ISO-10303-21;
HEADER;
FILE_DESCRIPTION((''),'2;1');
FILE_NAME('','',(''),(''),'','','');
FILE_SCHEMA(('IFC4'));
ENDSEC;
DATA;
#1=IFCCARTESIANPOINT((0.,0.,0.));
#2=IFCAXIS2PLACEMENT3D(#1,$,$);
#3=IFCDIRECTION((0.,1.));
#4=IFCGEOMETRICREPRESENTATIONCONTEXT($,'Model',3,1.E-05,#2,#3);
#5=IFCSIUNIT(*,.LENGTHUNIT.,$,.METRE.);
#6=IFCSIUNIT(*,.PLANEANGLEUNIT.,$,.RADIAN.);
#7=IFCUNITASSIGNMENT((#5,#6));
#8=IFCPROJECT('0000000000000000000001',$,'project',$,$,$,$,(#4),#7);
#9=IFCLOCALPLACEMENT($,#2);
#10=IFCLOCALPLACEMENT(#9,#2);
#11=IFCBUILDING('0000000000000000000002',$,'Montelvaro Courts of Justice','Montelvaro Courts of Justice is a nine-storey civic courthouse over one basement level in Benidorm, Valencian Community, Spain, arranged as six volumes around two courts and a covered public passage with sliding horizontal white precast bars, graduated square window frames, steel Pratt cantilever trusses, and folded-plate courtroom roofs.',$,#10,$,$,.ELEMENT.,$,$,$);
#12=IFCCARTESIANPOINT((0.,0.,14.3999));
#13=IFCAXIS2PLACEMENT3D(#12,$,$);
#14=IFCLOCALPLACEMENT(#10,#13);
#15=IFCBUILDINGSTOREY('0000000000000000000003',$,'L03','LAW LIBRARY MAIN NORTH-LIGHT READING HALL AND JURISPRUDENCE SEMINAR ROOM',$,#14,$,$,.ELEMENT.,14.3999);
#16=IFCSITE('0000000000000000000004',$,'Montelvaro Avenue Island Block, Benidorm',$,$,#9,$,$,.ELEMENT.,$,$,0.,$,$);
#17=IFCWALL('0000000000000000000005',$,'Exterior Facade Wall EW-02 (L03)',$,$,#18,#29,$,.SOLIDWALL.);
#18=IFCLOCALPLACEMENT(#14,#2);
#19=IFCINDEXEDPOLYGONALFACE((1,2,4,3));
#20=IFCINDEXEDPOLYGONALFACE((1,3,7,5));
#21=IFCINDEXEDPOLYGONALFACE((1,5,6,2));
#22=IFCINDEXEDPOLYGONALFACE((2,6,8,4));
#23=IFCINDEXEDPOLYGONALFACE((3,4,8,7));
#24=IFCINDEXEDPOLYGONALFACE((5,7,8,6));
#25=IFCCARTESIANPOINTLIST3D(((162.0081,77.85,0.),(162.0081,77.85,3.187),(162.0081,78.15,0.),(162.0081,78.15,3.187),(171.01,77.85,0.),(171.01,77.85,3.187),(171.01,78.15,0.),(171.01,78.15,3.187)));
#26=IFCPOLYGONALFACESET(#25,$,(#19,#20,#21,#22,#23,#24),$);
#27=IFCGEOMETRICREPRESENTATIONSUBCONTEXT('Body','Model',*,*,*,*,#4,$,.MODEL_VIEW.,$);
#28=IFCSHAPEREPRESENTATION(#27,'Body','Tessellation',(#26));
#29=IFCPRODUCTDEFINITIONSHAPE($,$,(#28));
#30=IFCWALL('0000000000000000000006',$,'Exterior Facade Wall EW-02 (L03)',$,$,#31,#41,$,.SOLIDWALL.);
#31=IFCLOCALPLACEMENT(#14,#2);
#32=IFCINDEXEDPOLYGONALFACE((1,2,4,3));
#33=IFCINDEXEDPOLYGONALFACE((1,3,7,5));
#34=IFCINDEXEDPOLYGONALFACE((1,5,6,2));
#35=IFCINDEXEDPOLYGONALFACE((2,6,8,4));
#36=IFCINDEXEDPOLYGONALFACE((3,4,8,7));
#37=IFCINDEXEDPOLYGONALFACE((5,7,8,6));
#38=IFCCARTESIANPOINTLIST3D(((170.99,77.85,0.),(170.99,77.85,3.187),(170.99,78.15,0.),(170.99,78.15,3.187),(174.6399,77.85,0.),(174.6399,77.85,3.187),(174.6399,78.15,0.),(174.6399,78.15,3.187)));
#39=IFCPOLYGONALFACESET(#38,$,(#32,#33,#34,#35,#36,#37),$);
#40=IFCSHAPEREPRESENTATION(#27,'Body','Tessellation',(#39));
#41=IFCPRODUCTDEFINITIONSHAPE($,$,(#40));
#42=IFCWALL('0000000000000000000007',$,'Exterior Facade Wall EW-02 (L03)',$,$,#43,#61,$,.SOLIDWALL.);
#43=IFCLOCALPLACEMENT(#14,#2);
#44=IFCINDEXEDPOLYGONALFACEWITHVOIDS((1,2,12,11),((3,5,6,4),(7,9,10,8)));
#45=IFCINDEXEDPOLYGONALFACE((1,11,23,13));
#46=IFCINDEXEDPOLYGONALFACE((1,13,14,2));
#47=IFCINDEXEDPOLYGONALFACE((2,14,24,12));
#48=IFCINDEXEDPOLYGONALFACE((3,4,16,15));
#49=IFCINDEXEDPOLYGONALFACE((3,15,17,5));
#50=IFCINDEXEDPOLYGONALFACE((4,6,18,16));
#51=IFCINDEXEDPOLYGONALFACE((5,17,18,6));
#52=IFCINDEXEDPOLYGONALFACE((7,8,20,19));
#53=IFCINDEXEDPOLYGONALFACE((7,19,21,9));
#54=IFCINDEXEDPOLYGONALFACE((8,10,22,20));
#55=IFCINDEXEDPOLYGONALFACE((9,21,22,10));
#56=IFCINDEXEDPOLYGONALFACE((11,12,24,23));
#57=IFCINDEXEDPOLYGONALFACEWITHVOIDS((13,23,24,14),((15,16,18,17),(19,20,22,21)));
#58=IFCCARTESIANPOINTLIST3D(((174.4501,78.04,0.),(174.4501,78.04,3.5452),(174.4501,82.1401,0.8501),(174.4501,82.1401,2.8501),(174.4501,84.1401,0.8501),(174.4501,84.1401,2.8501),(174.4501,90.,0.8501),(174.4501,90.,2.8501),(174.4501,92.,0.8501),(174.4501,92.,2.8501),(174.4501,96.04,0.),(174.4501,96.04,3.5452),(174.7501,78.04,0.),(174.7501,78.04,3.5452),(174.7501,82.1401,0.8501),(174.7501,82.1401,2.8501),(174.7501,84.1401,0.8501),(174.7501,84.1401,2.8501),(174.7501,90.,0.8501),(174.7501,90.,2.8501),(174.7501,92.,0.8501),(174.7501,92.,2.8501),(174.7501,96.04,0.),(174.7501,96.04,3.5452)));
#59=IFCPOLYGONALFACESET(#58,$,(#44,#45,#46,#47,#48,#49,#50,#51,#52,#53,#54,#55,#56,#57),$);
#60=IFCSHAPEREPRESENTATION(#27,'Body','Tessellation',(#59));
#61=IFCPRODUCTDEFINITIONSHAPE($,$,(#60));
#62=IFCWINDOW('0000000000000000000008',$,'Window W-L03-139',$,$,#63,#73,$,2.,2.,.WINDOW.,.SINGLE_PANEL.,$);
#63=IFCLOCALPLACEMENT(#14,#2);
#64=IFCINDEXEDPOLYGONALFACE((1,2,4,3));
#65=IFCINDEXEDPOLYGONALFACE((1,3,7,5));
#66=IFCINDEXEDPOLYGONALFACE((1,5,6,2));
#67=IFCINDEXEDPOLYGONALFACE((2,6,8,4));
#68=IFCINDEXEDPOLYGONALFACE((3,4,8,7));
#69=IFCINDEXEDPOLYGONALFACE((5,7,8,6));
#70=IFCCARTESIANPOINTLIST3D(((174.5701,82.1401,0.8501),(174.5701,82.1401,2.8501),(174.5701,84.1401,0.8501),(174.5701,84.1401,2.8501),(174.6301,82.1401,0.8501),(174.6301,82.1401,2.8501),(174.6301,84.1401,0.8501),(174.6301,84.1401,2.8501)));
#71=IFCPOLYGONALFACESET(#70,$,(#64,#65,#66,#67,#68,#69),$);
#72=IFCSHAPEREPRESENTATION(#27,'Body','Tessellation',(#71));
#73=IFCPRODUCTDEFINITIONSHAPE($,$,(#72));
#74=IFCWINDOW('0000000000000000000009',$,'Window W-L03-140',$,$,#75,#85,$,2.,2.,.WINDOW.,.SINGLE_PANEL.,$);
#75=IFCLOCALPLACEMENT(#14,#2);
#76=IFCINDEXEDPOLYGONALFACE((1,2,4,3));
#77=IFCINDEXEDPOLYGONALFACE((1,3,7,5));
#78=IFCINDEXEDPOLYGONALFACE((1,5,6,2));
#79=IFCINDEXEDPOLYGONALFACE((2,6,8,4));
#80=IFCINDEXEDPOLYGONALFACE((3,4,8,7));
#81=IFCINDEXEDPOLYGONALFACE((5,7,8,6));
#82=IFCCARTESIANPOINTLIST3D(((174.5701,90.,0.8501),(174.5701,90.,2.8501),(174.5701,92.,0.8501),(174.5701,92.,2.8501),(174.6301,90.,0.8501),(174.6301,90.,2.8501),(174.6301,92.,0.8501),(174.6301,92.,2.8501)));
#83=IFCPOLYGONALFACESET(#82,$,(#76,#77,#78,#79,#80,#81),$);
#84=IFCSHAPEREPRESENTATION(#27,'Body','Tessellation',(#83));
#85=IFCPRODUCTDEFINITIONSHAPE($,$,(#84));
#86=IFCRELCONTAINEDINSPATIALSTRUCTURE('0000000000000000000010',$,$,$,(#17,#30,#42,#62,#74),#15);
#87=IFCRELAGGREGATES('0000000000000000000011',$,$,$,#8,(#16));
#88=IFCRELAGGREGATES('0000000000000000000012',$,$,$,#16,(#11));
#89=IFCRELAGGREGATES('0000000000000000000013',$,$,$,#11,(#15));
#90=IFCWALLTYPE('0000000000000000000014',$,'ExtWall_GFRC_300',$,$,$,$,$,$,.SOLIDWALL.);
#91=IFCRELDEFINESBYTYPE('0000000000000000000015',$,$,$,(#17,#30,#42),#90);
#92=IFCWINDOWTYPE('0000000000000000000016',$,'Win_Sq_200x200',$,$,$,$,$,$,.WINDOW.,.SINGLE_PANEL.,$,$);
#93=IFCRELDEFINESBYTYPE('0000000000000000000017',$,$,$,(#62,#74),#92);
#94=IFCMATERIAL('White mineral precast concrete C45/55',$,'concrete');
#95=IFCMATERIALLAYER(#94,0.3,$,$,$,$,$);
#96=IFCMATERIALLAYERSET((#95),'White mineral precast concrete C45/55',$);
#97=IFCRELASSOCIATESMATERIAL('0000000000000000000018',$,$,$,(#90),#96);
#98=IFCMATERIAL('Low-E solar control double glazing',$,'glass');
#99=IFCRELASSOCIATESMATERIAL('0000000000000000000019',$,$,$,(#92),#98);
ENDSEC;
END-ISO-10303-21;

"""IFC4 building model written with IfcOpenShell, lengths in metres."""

from ifc_helpers import new_model, si_unit, direction, frame, frame_2d, origin, place, context, subcontext, project, spatial, rectangle, extrude, material, layer, layer_set, type_object, element, fill, save


model = new_model("IFC4")

# Units and contexts
model_context = context("Model", 3, precision=1e-05, world=origin(), true_north=direction((0.0, 1.0)))
body_context = subcontext(model_context, "Body", "Model", "MODEL_VIEW")
ifc_project = project(units=[si_unit("LENGTHUNIT", "METRE"), si_unit("PLANEANGLEUNIT", "RADIAN")], contexts=[model_context])

# Site, building, storey
site_placement = place(None, origin())
site = spatial("IfcSite", under=ifc_project, at=site_placement, Name="Montelvaro Avenue Island Block, Benidorm", CompositionType="ELEMENT", RefElevation=0.0)
building_placement = place(site_placement, origin())
building = spatial("IfcBuilding", under=site, at=building_placement, Name="Montelvaro Courts of Justice", Description="Montelvaro Courts of Justice is a nine-storey civic courthouse over one basement level in Benidorm, Valencian Community, Spain, arranged as six volumes around two courts and a covered public passage with sliding horizontal white precast bars, graduated square window frames, steel Pratt cantilever trusses, and folded-plate courtroom roofs.", CompositionType="ELEMENT")
storey_placement = place(building_placement, frame((0.0, 0.0, 14.3999)))
storey = spatial("IfcBuildingStorey", under=building, at=storey_placement, Name="L03", Description="LAW LIBRARY MAIN NORTH-LIGHT READING HALL AND JURISPRUDENCE SEMINAR ROOM", CompositionType="ELEMENT", Elevation=14.3999)

# Shared definitions
ifc_material_1 = material(Name="Low-E solar control double glazing", Category="glass")

# Walls
ifc_material_2 = material(Name="White mineral precast concrete C45/55", Category="concrete")
ifc_layer_1 = layer(ifc_material_2, 0.3)
ifc_layer_set_1 = layer_set([ifc_layer_1], Name="White mineral precast concrete C45/55")
wall_type = type_object("IfcWallType", Name="ExtWall_GFRC_300", PredefinedType="SOLIDWALL", material=ifc_layer_set_1)
wall_1_placement = place(storey_placement, frame((162.0081, 78.0, 0.0), z_axis=(0.0, 0.0, 1.0), x_axis=(1.0, 0.0, 0.0)))
element("IfcWall", 1, at=wall_1_placement, inside=storey, type_object=wall_type, Name="Exterior Facade Wall EW-02 (L03)", PredefinedType="SOLIDWALL", context=body_context, shape_type="SweptSolid", body=[
    extrude(rectangle(XDim=9.002, YDim=0.3, at=frame_2d((4.501, 0.0))), origin(), (0.0, 0.0, 1.0), 3.187),
])
wall_2_placement = place(storey_placement, frame((170.99, 78.0, 0.0), z_axis=(0.0, 0.0, 1.0), x_axis=(1.0, 0.0, 0.0)))
element("IfcWall", 2, at=wall_2_placement, inside=storey, type_object=wall_type, Name="Exterior Facade Wall EW-02 (L03)", PredefinedType="SOLIDWALL", context=body_context, shape_type="SweptSolid", body=[
    extrude(rectangle(XDim=3.6499, YDim=0.3, at=frame_2d((1.825, 0.0))), origin(), (0.0, 0.0, 1.0), 3.187),
])

# Wall, openings, windows
wall_3_placement = place(storey_placement, frame((174.6001, 78.04, 0.0), z_axis=(0.0, 0.0, 1.0), x_axis=(0.0, 1.0, 0.0)))
wall_3 = element("IfcWall", 3, at=wall_3_placement, inside=storey, type_object=wall_type, Name="Exterior Facade Wall EW-02 (L03)", PredefinedType="SOLIDWALL", context=body_context, shape_type="SweptSolid", body=[
    extrude(rectangle(XDim=18.0, YDim=0.3, at=frame_2d((9.0, 0.0))), origin(), (0.0, 0.0, 1.0), 3.5452),
])
opening_1_placement = place(wall_3_placement, frame((4.1001, 0.0, 0.8501)))
opening_1 = element("IfcOpeningElement", 4, at=opening_1_placement, cuts=wall_3, PredefinedType="OPENING", context=body_context, shape_type="SweptSolid", body=[
    extrude(rectangle(XDim=2.0, YDim=2.0, at=frame_2d((1.0, 1.0))), frame((0.0, 0.165, 0.0), z_axis=(0.0, -1.0, 0.0), x_axis=(1.0, 0.0, 0.0)), (0.0, 0.0, 1.0), 0.3298),
])
opening_2_placement = place(wall_3_placement, frame((11.96, 0.0, 0.8501)))
opening_2 = element("IfcOpeningElement", 5, at=opening_2_placement, cuts=wall_3, PredefinedType="OPENING", context=body_context, shape_type="SweptSolid", body=[
    extrude(rectangle(XDim=2.0, YDim=2.0, at=frame_2d((1.0, 1.0))), frame((0.0, 0.165, 0.0), z_axis=(0.0, -1.0, 0.0), x_axis=(1.0, 0.0, 0.0)), (0.0, 0.0, 1.0), 0.3298),
])
window_type = type_object("IfcWindowType", Name="Win_Sq_200x200", PartitioningType="SINGLE_PANEL", PredefinedType="WINDOW", material=ifc_material_1)
window_1_placement = place(opening_1_placement, origin())
window_1 = element("IfcWindow", 6, at=window_1_placement, inside=storey, type_object=window_type, Name="Window W-L03-139", OverallHeight=2.0, OverallWidth=2.0, PartitioningType="SINGLE_PANEL", PredefinedType="WINDOW", context=body_context, shape_type="SweptSolid", body=[
    extrude(rectangle(XDim=2.0, YDim=2.0, at=frame_2d((1.0, 1.0))), frame((0.0, 0.03, 0.0), z_axis=(0.0, -1.0, 0.0), x_axis=(1.0, 0.0, 0.0)), (0.0, 0.0, 1.0), 0.0601),
])
fill(opening_1, window_1)
window_2_placement = place(opening_2_placement, origin())
window_2 = element("IfcWindow", 7, at=window_2_placement, inside=storey, type_object=window_type, Name="Window W-L03-140", OverallHeight=2.0, OverallWidth=2.0, PartitioningType="SINGLE_PANEL", PredefinedType="WINDOW", context=body_context, shape_type="SweptSolid", body=[
    extrude(rectangle(XDim=2.0, YDim=2.0, at=frame_2d((1.0, 1.0))), frame((0.0, 0.03, 0.0), z_axis=(0.0, -1.0, 0.0), x_axis=(1.0, 0.0, 0.0)), (0.0, 0.0, 1.0), 0.0601),
])
fill(opening_2, window_2)

save(model, "model.ifc")
